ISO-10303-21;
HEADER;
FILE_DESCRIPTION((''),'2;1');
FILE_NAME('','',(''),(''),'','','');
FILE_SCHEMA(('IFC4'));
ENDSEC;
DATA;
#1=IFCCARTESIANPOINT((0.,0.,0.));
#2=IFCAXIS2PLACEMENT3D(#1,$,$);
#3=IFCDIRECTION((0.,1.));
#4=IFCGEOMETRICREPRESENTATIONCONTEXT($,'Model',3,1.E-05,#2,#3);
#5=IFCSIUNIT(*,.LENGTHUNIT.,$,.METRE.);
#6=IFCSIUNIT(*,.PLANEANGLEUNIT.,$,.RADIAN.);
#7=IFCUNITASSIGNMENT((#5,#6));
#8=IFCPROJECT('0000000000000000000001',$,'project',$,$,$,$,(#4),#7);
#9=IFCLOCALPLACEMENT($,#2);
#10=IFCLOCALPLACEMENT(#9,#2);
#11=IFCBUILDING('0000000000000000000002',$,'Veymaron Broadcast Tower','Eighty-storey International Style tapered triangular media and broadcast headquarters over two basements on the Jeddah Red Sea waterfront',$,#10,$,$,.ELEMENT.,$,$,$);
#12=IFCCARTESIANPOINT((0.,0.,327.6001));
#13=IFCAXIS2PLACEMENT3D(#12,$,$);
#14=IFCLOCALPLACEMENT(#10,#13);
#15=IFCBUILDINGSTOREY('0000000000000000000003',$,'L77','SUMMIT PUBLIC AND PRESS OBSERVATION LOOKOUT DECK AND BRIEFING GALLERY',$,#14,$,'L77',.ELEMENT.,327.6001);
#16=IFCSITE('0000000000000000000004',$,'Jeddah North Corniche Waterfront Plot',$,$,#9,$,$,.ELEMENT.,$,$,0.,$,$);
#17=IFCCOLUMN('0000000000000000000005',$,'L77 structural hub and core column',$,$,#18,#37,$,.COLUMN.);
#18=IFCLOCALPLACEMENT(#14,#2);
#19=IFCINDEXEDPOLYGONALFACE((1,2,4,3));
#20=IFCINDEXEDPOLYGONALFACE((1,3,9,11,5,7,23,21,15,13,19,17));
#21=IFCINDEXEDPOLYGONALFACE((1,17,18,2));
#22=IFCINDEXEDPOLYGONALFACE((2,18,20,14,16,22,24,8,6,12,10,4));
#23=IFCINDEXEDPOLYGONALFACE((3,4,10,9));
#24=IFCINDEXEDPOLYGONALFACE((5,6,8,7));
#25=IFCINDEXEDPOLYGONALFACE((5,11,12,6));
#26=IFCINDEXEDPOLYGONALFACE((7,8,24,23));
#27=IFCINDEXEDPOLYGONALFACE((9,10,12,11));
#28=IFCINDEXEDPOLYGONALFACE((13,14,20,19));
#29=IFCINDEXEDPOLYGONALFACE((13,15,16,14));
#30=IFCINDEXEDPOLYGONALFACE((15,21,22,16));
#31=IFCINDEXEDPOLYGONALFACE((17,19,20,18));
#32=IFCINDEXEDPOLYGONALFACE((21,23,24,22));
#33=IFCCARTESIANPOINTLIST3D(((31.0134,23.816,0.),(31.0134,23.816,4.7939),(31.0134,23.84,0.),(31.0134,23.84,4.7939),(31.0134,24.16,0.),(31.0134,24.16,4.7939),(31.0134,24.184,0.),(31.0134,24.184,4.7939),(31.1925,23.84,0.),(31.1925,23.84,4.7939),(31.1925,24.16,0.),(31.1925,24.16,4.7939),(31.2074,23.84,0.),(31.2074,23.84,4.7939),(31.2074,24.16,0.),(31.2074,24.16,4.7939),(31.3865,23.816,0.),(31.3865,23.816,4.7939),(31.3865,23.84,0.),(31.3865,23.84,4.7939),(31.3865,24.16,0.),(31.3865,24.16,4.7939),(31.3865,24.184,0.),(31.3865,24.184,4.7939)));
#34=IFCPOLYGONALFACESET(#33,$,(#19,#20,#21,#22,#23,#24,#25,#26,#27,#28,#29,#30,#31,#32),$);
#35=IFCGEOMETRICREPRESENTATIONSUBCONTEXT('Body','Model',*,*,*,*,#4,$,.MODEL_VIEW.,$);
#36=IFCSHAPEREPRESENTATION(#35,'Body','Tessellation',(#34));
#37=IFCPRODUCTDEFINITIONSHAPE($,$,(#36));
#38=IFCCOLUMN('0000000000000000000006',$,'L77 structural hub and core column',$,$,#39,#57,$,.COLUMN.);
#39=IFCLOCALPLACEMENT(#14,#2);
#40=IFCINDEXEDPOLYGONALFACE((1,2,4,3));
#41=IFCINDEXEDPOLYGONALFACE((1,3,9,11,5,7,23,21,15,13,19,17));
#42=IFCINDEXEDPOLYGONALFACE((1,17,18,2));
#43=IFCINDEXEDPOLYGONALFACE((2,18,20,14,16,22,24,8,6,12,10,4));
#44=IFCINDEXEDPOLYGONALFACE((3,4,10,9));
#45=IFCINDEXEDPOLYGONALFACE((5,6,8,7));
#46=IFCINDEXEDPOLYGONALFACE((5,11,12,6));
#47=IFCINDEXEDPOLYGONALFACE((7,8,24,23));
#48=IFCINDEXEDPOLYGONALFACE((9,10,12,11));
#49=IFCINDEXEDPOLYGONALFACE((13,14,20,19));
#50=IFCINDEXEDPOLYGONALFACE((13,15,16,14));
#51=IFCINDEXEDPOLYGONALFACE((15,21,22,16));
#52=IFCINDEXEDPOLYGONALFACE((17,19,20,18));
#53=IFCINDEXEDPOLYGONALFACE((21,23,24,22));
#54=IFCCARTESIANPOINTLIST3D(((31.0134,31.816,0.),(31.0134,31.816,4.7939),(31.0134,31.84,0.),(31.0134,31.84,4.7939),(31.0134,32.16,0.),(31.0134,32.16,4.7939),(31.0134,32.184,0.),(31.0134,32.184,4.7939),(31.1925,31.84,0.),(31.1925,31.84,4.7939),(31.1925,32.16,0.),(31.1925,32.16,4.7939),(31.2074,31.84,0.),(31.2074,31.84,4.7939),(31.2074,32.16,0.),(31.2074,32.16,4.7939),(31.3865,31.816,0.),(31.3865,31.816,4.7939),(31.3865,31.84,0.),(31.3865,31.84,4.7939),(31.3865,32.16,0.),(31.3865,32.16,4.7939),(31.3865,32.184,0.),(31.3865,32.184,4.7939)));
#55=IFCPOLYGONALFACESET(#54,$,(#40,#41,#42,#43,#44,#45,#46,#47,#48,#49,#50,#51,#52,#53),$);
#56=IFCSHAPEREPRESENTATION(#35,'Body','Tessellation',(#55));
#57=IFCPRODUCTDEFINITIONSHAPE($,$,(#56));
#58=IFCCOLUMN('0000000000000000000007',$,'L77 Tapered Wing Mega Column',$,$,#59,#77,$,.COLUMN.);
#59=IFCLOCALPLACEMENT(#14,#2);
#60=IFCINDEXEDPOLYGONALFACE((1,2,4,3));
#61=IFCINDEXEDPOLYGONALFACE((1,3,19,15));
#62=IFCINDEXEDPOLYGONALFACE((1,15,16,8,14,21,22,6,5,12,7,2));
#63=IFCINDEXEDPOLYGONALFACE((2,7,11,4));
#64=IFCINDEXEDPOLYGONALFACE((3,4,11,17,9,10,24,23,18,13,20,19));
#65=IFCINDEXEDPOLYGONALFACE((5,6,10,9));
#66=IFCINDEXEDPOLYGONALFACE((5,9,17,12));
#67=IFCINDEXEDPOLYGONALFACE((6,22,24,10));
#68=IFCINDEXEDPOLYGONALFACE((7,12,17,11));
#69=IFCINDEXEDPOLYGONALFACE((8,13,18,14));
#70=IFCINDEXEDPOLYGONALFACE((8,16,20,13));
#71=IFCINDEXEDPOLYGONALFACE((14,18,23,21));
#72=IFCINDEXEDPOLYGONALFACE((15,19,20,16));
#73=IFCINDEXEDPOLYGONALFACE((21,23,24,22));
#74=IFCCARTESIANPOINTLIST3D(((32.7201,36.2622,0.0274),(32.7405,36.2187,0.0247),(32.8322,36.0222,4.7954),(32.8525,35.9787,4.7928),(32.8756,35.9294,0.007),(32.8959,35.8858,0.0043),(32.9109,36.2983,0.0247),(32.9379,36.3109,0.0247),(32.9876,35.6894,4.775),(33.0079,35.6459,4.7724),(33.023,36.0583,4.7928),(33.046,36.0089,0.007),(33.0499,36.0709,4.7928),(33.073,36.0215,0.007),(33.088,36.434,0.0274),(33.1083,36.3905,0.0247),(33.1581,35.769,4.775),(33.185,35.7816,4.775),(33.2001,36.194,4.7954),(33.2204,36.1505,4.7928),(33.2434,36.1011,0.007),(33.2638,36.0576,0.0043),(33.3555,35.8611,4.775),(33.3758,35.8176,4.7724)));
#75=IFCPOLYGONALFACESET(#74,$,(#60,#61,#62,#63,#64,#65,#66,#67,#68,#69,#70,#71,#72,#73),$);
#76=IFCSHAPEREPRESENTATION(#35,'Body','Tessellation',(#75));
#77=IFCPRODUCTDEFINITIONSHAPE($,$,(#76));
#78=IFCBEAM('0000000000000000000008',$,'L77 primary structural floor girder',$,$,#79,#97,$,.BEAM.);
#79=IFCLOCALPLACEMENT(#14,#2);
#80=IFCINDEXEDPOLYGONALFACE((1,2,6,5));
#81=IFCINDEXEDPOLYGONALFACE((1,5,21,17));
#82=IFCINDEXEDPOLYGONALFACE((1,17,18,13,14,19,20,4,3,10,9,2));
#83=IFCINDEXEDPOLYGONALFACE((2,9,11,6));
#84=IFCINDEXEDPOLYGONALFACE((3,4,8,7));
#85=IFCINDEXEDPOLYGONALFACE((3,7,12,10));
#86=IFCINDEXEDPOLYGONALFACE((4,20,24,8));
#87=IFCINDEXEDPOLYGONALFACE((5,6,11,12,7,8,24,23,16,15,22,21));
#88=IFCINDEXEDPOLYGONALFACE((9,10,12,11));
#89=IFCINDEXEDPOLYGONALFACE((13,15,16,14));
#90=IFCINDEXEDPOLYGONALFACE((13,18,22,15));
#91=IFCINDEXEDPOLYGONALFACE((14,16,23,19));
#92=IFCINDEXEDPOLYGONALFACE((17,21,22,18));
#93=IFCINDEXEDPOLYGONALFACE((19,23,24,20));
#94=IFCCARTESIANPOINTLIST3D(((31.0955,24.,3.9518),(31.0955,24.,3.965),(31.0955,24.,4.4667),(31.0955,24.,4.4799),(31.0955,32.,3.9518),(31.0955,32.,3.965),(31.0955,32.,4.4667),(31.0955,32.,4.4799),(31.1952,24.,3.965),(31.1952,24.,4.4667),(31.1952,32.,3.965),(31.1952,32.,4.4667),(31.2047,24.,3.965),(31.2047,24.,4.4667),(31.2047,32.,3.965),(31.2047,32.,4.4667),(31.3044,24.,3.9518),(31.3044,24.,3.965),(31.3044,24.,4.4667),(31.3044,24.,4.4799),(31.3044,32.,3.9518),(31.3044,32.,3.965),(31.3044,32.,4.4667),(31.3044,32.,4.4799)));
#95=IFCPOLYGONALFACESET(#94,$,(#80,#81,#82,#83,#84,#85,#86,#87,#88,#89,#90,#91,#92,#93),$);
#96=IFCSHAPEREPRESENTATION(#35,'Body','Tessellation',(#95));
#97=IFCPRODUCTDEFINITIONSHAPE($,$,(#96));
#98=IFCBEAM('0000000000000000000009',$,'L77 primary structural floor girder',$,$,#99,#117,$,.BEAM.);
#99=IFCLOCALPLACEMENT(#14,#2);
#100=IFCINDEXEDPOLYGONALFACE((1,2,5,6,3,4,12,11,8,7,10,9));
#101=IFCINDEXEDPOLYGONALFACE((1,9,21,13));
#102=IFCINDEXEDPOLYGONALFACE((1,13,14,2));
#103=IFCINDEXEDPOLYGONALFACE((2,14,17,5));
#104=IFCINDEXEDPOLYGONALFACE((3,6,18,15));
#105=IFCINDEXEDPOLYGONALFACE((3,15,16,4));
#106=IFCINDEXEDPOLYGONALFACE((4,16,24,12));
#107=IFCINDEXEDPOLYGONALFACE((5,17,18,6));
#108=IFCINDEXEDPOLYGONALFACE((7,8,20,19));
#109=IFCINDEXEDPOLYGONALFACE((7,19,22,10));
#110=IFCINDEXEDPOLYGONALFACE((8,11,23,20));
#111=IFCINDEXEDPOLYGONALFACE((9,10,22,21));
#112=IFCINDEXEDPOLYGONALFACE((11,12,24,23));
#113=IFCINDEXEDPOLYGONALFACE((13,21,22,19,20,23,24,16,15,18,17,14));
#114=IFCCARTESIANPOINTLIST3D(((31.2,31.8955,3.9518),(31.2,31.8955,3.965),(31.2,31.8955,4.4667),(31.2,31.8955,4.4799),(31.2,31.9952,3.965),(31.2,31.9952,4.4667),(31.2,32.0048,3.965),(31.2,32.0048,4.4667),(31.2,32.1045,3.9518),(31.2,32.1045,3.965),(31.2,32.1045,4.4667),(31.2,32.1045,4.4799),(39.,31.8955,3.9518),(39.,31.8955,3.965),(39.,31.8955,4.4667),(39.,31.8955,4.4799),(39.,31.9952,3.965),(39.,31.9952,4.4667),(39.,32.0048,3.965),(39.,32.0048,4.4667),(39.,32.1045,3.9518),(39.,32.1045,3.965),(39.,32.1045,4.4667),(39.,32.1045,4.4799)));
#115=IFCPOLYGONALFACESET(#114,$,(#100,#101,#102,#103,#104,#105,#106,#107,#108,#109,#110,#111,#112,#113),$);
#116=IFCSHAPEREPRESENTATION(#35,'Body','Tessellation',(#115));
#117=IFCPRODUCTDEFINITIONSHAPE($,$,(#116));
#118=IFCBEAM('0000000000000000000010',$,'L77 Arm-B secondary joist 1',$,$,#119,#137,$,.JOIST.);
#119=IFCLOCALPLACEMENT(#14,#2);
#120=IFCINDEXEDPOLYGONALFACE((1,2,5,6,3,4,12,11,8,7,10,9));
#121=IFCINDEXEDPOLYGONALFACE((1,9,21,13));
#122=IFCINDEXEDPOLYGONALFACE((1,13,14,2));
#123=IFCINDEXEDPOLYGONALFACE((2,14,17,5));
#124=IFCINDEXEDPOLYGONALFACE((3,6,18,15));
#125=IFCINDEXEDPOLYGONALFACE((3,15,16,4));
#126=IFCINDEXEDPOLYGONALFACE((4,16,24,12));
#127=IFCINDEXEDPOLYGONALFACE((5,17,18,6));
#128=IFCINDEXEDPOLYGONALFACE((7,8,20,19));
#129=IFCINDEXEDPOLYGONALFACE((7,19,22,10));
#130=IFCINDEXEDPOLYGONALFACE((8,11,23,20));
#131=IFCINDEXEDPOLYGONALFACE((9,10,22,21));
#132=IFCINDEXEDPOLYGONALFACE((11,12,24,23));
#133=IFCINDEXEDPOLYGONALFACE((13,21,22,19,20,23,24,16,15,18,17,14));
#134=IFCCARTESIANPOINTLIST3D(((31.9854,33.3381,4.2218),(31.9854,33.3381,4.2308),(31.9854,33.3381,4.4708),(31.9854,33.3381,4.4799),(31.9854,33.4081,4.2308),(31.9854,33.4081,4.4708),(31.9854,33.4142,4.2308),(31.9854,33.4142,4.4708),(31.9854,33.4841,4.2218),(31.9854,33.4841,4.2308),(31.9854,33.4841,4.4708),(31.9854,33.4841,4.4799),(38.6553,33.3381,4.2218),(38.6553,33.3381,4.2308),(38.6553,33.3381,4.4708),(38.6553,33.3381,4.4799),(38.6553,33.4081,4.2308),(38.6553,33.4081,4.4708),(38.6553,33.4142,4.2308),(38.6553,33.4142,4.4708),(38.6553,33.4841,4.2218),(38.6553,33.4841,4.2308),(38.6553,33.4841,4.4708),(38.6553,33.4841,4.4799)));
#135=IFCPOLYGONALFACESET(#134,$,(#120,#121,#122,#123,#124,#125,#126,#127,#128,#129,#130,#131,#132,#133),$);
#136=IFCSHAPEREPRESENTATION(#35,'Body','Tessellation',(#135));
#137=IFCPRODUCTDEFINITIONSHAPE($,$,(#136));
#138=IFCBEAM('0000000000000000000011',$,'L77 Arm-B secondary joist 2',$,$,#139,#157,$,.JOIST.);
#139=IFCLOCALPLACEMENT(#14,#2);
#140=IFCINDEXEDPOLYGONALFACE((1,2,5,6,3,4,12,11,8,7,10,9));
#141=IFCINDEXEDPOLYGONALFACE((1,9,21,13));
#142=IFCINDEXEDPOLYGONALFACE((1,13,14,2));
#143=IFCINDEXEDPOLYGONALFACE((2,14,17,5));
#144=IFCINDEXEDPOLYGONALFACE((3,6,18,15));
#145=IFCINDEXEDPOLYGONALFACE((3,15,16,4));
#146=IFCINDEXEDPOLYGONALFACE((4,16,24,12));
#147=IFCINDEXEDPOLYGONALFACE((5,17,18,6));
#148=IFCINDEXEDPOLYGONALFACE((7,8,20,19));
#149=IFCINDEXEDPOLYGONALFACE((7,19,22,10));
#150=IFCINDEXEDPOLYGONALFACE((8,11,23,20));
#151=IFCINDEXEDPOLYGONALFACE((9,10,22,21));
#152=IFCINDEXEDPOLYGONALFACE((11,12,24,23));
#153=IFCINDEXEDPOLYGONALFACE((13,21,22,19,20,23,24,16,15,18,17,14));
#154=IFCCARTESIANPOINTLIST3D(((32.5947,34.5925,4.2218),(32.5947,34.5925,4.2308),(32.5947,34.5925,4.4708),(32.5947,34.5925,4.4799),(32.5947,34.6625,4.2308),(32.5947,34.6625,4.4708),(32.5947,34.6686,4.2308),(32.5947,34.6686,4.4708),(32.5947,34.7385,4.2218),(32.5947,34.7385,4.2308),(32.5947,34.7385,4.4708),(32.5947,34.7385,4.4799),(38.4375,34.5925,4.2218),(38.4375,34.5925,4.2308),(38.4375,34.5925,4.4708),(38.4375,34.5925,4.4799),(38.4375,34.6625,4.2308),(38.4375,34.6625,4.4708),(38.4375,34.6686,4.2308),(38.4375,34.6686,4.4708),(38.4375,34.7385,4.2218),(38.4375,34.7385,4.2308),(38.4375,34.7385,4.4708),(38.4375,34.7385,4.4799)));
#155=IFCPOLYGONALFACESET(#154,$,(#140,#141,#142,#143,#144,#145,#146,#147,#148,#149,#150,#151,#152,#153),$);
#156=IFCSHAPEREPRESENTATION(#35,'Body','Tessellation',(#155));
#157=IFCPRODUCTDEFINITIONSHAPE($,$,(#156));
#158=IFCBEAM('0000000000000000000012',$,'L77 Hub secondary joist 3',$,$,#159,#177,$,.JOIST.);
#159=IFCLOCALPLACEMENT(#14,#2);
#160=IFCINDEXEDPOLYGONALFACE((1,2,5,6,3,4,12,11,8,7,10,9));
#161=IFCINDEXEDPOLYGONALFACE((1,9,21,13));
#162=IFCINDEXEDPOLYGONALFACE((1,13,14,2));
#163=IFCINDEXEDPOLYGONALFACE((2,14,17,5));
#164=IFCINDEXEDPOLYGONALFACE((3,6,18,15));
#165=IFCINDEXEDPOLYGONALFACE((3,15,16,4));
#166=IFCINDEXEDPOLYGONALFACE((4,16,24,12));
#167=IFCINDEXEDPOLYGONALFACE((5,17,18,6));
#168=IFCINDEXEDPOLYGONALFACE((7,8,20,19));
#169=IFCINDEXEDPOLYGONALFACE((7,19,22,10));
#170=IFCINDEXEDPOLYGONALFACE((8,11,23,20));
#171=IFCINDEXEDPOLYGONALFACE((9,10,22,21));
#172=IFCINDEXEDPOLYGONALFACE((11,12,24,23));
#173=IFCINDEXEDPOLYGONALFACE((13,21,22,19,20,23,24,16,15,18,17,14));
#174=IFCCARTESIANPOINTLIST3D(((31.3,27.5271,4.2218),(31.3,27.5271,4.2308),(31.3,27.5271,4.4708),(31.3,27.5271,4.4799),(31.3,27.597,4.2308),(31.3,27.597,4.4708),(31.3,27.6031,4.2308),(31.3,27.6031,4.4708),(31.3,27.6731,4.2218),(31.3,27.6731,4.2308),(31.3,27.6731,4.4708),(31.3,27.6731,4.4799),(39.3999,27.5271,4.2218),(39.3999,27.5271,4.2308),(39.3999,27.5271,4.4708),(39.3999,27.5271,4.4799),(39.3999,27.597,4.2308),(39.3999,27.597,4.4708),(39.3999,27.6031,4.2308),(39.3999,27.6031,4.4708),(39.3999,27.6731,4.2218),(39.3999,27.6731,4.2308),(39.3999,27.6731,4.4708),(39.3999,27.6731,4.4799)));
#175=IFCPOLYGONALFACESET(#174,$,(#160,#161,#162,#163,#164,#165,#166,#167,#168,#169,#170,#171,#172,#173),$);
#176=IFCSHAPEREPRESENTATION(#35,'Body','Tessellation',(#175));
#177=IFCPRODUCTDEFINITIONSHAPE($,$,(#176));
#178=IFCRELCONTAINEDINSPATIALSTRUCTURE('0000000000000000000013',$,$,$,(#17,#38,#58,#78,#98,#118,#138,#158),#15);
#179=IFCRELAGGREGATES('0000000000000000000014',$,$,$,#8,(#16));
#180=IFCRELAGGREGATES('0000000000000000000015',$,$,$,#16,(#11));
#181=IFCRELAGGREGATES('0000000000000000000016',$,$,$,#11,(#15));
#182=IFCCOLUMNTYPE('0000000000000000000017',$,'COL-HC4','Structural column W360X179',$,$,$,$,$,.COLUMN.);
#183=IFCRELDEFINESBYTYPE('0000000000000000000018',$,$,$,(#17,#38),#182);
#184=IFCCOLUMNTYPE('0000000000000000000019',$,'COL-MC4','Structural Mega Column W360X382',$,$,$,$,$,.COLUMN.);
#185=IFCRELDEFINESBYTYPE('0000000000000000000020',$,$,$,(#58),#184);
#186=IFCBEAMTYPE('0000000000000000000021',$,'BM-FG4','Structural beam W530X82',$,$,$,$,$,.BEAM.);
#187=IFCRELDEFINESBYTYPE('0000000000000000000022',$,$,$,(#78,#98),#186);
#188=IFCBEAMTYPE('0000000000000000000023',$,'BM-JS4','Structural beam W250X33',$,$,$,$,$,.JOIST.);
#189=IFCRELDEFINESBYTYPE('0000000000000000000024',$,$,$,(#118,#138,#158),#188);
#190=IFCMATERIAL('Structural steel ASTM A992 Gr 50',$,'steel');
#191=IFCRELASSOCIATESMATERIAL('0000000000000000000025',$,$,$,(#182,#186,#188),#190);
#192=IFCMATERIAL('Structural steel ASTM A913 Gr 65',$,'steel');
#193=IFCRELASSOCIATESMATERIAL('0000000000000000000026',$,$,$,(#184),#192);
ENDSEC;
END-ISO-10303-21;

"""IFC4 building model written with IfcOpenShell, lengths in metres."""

from ifc_helpers import new_model, si_unit, direction, frame, origin, origin_2d, place, context, subcontext, project, spatial, i_section, extrude, material, material_profile, profile_set, type_object, element, save


model = new_model("IFC4")

# Units and contexts
model_context = context("Model", 3, precision=1e-05, world=origin(), true_north=direction((0.0, 1.0)))
body_context = subcontext(model_context, "Body", "Model", "MODEL_VIEW")
ifc_project = project(units=[si_unit("LENGTHUNIT", "METRE"), si_unit("PLANEANGLEUNIT", "RADIAN")], contexts=[model_context])

# Site, building, storey
site_placement = place(None, origin())
site = spatial("IfcSite", under=ifc_project, at=site_placement, Name="Jeddah North Corniche Waterfront Plot", CompositionType="ELEMENT", RefElevation=0.0)
building_placement = place(site_placement, origin())
building = spatial("IfcBuilding", under=site, at=building_placement, Name="Veymaron Broadcast Tower", Description="Eighty-storey International Style tapered triangular media and broadcast headquarters over two basements on the Jeddah Red Sea waterfront", CompositionType="ELEMENT")
storey_placement = place(building_placement, frame((0.0, 0.0, 327.6001)))
storey = spatial("IfcBuildingStorey", under=building, at=storey_placement, Name="L77", Description="SUMMIT PUBLIC AND PRESS OBSERVATION LOOKOUT DECK AND BRIEFING GALLERY", LongName="L77", CompositionType="ELEMENT", Elevation=327.6001)

# Columns
ifc_material_1 = material(Name="Structural steel ASTM A992 Gr 50", Category="steel")
ifc_material_profile_1 = material_profile(ifc_material_1, i_section(OverallWidth=0.373, OverallDepth=0.3679, WebThickness=0.0149, FlangeThickness=0.0239, at=origin_2d()), Name="W360X179")
ifc_profile_set_1 = profile_set([ifc_material_profile_1], Name="Structural steel ASTM A992 Gr 50")
column_type_1 = type_object("IfcColumnType", Name="COL-HC4", Description="Structural column W360X179", PredefinedType="COLUMN", material=ifc_profile_set_1)
for number, where, z_axis, x_axis, name in (
    (1, (31.2, 24.0, 0.0), (0.0, 0.0, 1.0), (1.0, 0.0, 0.0), "L77 structural hub and core column"),
    (2, (31.2, 32.0, 0.0), (0.0, 0.0, 1.0), (1.0, 0.0, 0.0), "L77 structural hub and core column"),
):
    element("IfcColumn", number, at=place(storey_placement, frame(where, z_axis=z_axis, x_axis=x_axis)), inside=storey, type_object=column_type_1, Name=name, PredefinedType="COLUMN", context=body_context, shape_type="SweptSolid", body=[
        extrude(i_section(OverallWidth=0.373, OverallDepth=0.3679, WebThickness=0.0149, FlangeThickness=0.0239, at=origin_2d()), origin(), (0.0, 0.0, 1.0), 4.7939),
    ])
ifc_material_2 = material(Name="Structural steel ASTM A913 Gr 65", Category="steel")
ifc_material_profile_2 = material_profile(ifc_material_2, i_section(OverallWidth=0.406, OverallDepth=0.416, WebThickness=0.0298, FlangeThickness=0.0481, at=origin_2d()), Name="W360X382")
ifc_profile_set_2 = profile_set([ifc_material_profile_2], Name="Structural steel ASTM A913 Gr 65")
column_type_2 = type_object("IfcColumnType", Name="COL-MC4", Description="Structural Mega Column W360X382", PredefinedType="COLUMN", material=ifc_profile_set_2)
column_placement = place(storey_placement, frame((32.9919, 36.1599, 0.0159), z_axis=(0.023466, -0.050255, 0.998461), x_axis=(0.906089, 0.423087, 0.0)))
element("IfcColumn", 3, at=column_placement, inside=storey, type_object=column_type_2, Name="L77 Tapered Wing Mega Column", PredefinedType="COLUMN", context=body_context, shape_type="SweptSolid", body=[
    extrude(i_section(OverallWidth=0.406, OverallDepth=0.416, WebThickness=0.0298, FlangeThickness=0.0481, at=origin_2d()), origin(), (0.0, 0.0, 1.0), 4.7754),
])

# Beams
ifc_material_profile_3 = material_profile(ifc_material_1, i_section(OverallWidth=0.209, OverallDepth=0.5281, WebThickness=0.0095, FlangeThickness=0.0132, at=origin_2d()), Name="W530X82")
ifc_profile_set_3 = profile_set([ifc_material_profile_3], Name="Structural steel ASTM A992 Gr 50")
beam_type_1 = type_object("IfcBeamType", Name="BM-FG4", Description="Structural beam W530X82", PredefinedType="BEAM", material=ifc_profile_set_3)
beam_1_placement = place(storey_placement, frame((31.2, 24.0, 4.2158), z_axis=(0.0, 1.0, 0.0), x_axis=(-1.0, 0.0, 0.0)))
element("IfcBeam", 4, at=beam_1_placement, inside=storey, type_object=beam_type_1, Name="L77 primary structural floor girder", PredefinedType="BEAM", context=body_context, shape_type="SweptSolid", body=[
    extrude(i_section(OverallWidth=0.209, OverallDepth=0.5281, WebThickness=0.0095, FlangeThickness=0.0132, at=origin_2d()), origin(), (0.0, 0.0, 1.0), 8.0),
])
beam_2_placement = place(storey_placement, frame((31.2, 32.0, 4.2158), z_axis=(1.0, 0.0, 0.0), x_axis=(0.0, 1.0, 0.0)))
element("IfcBeam", 5, at=beam_2_placement, inside=storey, type_object=beam_type_1, Name="L77 primary structural floor girder", PredefinedType="BEAM", context=body_context, shape_type="SweptSolid", body=[
    extrude(i_section(OverallWidth=0.209, OverallDepth=0.5281, WebThickness=0.0095, FlangeThickness=0.0132, at=origin_2d()), origin(), (0.0, 0.0, 1.0), 7.8),
])
ifc_material_profile_4 = material_profile(ifc_material_1, i_section(OverallWidth=0.146, OverallDepth=0.2581, WebThickness=0.0061, FlangeThickness=0.009, at=origin_2d()), Name="W250X33")
ifc_profile_set_4 = profile_set([ifc_material_profile_4], Name="Structural steel ASTM A992 Gr 50")
beam_type_2 = type_object("IfcBeamType", Name="BM-JS4", Description="Structural beam W250X33", PredefinedType="JOIST", material=ifc_profile_set_4)
beam_3_placement = place(storey_placement, frame((31.9854, 33.4111, 4.3508), z_axis=(1.0, 0.0, 0.0), x_axis=(0.0, 1.0, 0.0)))
element("IfcBeam", 6, at=beam_3_placement, inside=storey, type_object=beam_type_2, Name="L77 Arm-B secondary joist 1", PredefinedType="JOIST", context=body_context, shape_type="SweptSolid", body=[
    extrude(i_section(OverallWidth=0.146, OverallDepth=0.2581, WebThickness=0.0061, FlangeThickness=0.009, at=origin_2d()), origin(), (0.0, 0.0, 1.0), 6.6699),
])
beam_4_placement = place(storey_placement, frame((32.5947, 34.6655, 4.3508), z_axis=(1.0, 0.0, 0.0), x_axis=(0.0, 1.0, 0.0)))
element("IfcBeam", 7, at=beam_4_placement, inside=storey, type_object=beam_type_2, Name="L77 Arm-B secondary joist 2", PredefinedType="JOIST", context=body_context, shape_type="SweptSolid", body=[
    extrude(i_section(OverallWidth=0.146, OverallDepth=0.2581, WebThickness=0.0061, FlangeThickness=0.009, at=origin_2d()), origin(), (0.0, 0.0, 1.0), 5.8428),
])
for number, where, z_axis, x_axis, name in (
    (8, (31.3, 27.6001, 4.3508), (1.0, 0.0, 0.0), (0.0, 1.0, 0.0), "L77 Hub secondary joist 3"),
):
    element("IfcBeam", number, at=place(storey_placement, frame(where, z_axis=z_axis, x_axis=x_axis)), inside=storey, type_object=beam_type_2, Name=name, PredefinedType="JOIST", context=body_context, shape_type="SweptSolid", body=[
        extrude(i_section(OverallWidth=0.146, OverallDepth=0.2581, WebThickness=0.0061, FlangeThickness=0.009, at=origin_2d()), origin(), (0.0, 0.0, 1.0), 8.0999),
    ])

save(model, "model.ifc")
